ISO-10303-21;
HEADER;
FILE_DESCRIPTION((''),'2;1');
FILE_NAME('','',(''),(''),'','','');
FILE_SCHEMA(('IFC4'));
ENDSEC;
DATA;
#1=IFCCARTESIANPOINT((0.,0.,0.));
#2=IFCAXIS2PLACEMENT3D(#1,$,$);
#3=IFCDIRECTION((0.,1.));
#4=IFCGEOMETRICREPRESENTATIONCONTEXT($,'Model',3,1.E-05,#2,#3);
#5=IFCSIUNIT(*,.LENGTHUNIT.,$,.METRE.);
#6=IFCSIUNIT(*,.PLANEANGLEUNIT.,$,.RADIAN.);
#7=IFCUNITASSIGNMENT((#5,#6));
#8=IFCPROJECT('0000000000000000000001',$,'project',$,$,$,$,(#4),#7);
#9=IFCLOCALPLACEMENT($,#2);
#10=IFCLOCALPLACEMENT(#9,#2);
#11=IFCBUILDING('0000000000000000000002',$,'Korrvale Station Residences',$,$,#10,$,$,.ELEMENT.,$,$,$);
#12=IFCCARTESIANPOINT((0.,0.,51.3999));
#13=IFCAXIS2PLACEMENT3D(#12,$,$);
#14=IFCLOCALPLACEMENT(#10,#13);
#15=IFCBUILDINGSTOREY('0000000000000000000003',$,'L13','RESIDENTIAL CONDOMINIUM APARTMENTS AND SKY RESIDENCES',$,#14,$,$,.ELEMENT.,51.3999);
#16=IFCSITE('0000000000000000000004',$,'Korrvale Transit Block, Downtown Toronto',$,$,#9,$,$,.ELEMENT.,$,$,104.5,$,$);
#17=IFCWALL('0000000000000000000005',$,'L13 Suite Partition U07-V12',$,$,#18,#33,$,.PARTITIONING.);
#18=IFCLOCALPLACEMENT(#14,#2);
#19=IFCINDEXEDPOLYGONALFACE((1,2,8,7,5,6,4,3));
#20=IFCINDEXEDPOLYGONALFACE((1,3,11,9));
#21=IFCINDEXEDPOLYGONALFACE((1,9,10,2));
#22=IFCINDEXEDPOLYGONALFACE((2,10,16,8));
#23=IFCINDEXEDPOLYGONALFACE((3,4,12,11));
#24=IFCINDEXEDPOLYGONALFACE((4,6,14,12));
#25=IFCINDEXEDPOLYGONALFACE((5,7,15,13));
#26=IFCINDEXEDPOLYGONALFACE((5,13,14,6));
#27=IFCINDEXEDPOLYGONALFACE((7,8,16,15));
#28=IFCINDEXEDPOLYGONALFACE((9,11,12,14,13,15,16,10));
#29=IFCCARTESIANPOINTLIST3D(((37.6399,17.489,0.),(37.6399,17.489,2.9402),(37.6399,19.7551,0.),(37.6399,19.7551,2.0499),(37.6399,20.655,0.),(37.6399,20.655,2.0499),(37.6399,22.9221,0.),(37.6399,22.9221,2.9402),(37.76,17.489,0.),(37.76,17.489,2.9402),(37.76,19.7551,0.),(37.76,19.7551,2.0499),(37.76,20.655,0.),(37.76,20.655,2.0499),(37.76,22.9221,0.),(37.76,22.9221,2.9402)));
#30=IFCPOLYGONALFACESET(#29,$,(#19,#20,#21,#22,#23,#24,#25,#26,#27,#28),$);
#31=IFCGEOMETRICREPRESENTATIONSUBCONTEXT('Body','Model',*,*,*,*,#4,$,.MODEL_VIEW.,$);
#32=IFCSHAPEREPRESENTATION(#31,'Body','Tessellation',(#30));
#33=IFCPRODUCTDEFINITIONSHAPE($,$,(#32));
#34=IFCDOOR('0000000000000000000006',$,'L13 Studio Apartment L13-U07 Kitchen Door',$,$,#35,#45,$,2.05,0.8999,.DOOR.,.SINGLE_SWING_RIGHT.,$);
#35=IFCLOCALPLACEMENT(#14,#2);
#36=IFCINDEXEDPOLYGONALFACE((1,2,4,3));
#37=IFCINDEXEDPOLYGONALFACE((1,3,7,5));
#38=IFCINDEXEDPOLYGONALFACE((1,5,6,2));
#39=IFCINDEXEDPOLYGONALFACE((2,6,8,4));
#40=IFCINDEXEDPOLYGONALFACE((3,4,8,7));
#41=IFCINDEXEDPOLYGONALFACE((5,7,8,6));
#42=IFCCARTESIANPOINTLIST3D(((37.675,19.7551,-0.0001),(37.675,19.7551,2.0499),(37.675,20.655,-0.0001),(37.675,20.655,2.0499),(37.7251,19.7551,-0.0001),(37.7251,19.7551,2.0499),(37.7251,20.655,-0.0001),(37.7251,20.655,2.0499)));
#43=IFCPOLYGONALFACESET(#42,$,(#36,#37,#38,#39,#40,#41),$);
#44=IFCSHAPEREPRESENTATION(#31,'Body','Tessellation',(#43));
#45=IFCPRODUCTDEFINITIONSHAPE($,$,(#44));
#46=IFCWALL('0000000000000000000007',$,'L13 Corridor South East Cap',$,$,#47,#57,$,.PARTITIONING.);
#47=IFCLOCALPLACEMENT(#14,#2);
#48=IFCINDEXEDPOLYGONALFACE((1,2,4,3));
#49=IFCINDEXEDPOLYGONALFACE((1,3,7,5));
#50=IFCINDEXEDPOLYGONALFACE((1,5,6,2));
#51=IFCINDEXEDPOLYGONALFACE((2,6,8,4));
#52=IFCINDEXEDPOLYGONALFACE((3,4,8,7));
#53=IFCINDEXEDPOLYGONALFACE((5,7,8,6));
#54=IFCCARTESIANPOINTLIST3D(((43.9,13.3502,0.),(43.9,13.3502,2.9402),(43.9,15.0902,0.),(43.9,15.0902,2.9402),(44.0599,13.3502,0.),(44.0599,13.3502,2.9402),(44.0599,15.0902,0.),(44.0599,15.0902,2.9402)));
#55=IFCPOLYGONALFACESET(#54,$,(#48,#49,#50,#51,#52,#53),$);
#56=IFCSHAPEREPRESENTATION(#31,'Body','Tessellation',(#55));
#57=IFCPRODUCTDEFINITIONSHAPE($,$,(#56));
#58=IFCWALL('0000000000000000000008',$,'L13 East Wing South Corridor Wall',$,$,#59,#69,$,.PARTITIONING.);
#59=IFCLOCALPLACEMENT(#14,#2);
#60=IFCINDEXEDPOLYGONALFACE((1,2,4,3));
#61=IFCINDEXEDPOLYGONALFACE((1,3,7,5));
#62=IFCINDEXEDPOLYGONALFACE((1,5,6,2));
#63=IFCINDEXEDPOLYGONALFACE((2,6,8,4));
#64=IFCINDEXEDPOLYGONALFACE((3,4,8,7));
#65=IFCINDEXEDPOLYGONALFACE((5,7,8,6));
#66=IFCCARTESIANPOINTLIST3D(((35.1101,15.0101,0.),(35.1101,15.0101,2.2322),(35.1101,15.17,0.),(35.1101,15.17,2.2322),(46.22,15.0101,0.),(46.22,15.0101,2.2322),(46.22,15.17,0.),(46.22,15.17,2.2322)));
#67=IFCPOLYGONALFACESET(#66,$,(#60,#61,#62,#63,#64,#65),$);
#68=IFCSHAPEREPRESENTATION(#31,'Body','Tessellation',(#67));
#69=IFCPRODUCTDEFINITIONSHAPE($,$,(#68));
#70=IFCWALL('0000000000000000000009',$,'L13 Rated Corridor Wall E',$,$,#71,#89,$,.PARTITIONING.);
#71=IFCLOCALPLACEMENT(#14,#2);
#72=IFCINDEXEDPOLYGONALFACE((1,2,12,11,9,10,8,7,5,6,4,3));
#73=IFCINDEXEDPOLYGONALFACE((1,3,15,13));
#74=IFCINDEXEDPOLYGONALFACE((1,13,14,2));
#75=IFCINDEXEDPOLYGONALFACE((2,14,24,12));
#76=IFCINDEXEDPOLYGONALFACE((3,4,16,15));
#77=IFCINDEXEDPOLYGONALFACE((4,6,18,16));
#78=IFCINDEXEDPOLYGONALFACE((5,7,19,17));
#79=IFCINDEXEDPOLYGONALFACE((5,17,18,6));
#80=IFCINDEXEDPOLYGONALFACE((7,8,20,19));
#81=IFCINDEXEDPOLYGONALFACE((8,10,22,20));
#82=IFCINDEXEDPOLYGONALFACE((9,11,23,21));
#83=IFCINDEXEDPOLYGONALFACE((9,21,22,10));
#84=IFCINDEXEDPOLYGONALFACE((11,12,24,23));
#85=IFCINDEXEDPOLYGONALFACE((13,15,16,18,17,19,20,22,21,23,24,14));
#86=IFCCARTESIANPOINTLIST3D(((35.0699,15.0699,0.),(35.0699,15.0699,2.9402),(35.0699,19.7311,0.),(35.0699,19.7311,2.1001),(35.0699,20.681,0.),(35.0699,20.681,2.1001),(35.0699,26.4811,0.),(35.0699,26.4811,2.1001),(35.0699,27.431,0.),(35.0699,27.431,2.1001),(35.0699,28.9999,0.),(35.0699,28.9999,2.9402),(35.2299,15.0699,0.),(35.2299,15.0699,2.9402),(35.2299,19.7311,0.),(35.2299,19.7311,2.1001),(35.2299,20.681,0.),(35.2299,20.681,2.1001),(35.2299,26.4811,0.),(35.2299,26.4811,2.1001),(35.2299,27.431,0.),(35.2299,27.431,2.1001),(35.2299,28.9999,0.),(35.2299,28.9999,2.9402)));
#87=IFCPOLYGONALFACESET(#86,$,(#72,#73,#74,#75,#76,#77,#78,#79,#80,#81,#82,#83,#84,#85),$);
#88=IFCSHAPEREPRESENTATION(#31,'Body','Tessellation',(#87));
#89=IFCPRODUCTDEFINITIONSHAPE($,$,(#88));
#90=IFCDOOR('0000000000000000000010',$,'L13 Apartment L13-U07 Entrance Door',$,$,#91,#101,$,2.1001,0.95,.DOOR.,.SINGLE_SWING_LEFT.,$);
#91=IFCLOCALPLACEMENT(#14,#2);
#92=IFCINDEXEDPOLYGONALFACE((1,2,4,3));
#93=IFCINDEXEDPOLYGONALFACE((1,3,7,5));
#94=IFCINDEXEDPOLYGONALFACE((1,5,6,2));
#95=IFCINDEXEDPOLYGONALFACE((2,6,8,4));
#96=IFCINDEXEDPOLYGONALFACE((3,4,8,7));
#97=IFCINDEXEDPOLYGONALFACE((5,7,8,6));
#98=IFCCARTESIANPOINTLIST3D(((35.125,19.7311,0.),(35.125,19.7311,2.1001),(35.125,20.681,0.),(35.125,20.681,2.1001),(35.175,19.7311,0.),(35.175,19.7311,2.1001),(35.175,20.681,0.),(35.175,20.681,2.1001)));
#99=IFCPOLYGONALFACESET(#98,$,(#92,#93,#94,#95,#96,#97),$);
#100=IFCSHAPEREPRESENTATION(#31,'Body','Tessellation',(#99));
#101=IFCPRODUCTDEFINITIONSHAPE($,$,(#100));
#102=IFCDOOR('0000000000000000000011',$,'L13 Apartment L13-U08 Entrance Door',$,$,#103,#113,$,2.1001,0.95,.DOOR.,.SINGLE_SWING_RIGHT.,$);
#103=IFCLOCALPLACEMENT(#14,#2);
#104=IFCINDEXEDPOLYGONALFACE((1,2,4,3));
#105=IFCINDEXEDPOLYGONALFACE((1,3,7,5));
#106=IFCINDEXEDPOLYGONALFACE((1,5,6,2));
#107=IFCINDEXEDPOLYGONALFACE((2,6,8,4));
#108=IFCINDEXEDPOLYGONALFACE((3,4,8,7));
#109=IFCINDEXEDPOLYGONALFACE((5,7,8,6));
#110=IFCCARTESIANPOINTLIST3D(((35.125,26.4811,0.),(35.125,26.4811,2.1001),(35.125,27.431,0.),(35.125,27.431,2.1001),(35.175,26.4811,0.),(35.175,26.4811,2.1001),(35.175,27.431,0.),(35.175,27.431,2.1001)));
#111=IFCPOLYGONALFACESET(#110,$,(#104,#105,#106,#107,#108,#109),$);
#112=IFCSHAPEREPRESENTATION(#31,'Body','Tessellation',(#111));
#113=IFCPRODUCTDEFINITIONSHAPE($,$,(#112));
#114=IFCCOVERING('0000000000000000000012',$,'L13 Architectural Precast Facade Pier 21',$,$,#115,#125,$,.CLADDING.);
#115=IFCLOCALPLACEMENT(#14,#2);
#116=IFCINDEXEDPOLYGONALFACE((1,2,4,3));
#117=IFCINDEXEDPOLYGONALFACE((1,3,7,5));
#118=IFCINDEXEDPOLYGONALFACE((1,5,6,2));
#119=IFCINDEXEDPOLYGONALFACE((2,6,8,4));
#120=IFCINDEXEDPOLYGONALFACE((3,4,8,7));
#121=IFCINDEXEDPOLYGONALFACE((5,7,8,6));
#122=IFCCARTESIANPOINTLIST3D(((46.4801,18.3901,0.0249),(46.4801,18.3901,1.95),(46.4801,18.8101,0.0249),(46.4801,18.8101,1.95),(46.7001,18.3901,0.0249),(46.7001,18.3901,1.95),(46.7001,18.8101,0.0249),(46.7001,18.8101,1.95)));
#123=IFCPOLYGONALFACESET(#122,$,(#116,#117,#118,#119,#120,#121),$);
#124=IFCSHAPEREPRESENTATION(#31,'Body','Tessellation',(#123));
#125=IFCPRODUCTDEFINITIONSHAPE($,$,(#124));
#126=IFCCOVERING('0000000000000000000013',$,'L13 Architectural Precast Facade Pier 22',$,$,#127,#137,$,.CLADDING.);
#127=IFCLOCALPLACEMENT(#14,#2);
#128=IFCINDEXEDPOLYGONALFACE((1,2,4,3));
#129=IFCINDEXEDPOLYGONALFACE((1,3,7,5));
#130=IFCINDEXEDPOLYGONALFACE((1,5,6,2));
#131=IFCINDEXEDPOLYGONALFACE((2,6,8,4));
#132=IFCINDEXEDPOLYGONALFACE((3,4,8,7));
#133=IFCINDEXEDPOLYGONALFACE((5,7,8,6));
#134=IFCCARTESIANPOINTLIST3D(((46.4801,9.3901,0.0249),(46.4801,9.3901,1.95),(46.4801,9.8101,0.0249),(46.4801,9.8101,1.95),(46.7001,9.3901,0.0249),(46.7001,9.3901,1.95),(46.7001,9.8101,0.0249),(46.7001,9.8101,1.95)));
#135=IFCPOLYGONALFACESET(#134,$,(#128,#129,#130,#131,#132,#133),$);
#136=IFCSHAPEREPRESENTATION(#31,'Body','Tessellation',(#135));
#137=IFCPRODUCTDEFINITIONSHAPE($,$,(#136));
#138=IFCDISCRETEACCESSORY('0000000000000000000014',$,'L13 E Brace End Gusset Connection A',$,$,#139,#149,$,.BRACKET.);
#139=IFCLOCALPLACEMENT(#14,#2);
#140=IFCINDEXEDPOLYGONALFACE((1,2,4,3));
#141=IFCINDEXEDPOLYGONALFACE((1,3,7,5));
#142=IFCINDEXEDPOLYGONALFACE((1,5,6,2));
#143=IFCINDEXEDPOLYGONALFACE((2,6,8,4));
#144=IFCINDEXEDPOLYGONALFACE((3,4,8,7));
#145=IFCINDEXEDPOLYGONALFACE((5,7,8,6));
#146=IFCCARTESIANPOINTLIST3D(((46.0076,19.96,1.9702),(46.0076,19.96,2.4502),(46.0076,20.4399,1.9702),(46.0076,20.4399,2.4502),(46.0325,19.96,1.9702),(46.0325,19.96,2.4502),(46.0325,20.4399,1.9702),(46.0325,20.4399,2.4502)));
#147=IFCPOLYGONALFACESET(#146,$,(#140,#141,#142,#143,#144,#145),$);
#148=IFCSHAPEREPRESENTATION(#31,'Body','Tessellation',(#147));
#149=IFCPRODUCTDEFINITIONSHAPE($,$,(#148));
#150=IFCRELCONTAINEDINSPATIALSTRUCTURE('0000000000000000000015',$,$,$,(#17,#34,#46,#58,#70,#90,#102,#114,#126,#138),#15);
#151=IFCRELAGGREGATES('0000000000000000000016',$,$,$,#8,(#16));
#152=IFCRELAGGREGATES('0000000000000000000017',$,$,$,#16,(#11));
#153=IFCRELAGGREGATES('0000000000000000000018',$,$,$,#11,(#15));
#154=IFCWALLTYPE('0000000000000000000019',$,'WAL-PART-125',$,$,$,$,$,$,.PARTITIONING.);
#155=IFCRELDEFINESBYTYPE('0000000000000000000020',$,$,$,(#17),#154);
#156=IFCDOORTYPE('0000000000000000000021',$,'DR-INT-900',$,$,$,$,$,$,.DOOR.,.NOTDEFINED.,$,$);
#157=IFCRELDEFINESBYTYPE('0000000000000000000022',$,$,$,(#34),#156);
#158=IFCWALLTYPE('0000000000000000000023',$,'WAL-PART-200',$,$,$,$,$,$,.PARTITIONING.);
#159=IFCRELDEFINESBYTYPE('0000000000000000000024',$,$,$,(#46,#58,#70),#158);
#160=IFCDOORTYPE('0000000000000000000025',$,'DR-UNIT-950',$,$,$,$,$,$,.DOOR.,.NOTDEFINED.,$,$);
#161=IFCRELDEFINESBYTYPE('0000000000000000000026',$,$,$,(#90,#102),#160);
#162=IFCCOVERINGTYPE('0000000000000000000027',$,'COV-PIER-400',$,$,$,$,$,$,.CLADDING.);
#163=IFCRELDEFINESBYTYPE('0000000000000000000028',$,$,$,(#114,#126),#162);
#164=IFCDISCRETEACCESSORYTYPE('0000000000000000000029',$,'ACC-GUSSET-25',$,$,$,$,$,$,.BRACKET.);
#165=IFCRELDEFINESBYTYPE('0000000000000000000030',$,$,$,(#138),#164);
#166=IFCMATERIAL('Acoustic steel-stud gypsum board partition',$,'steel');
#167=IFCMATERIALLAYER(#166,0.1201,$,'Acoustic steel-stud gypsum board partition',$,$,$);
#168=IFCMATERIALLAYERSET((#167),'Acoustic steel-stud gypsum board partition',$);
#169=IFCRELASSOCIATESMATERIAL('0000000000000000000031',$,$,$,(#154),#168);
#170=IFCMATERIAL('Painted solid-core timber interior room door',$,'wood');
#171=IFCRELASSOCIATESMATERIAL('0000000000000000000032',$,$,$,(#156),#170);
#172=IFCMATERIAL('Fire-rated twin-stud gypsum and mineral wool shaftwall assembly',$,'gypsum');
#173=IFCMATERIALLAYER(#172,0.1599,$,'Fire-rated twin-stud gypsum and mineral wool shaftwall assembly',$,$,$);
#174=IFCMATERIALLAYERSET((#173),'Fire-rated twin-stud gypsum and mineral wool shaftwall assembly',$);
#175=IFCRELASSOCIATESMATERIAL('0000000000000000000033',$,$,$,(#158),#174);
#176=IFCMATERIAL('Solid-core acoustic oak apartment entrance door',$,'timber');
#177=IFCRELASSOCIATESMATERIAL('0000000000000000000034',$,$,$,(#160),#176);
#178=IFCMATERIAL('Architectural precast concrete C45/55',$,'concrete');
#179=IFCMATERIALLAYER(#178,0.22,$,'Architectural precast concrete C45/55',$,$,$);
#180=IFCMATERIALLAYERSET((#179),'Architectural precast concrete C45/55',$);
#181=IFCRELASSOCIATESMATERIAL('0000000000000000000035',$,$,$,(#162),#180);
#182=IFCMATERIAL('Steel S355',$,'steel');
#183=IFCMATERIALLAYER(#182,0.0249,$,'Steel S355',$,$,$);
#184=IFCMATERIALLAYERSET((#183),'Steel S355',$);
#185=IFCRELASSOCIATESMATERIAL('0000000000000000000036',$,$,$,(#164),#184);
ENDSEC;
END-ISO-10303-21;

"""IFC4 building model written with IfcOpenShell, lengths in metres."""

from ifc_helpers import new_model, si_unit, direction, frame, frame_2d, origin, origin_2d, place, context, subcontext, project, spatial, rectangle, extrude, material, layer, layer_set, type_object, element, fill, save


model = new_model("IFC4")

# Units and contexts
model_context = context("Model", 3, precision=1e-05, world=origin(), true_north=direction((0.0, 1.0)))
body_context = subcontext(model_context, "Body", "Model", "MODEL_VIEW")
ifc_project = project(units=[si_unit("LENGTHUNIT", "METRE"), si_unit("PLANEANGLEUNIT", "RADIAN")], contexts=[model_context])

# Site, building, storey
site_placement = place(None, origin())
site = spatial("IfcSite", under=ifc_project, at=site_placement, Name="Korrvale Transit Block, Downtown Toronto", CompositionType="ELEMENT", RefElevation=104.5)
building_placement = place(site_placement, origin())
building = spatial("IfcBuilding", under=site, at=building_placement, Name="Korrvale Station Residences", CompositionType="ELEMENT")
storey_placement = place(building_placement, frame((0.0, 0.0, 51.3999)))
storey = spatial("IfcBuildingStorey", under=building, at=storey_placement, Name="L13", Description="RESIDENTIAL CONDOMINIUM APARTMENTS AND SKY RESIDENCES", CompositionType="ELEMENT", Elevation=51.3999)

# Shared definitions
ifc_material_1 = material(Name="Steel S355", Category="steel")

# Shared definitions
ifc_material_2 = material(Name="Acoustic steel-stud gypsum board partition", Category="steel")
ifc_layer_1 = layer(ifc_material_2, 0.1201, Name="Acoustic steel-stud gypsum board partition")
ifc_layer_set_1 = layer_set([ifc_layer_1], Name="Acoustic steel-stud gypsum board partition")
wall_type_1 = type_object("IfcWallType", Name="WAL-PART-125", PredefinedType="PARTITIONING", material=ifc_layer_set_1)

# Shared definitions
ifc_material_3 = material(Name="Painted solid-core timber interior room door", Category="wood")
door_type_1 = type_object("IfcDoorType", Name="DR-INT-900", OperationType="NOTDEFINED", PredefinedType="DOOR", material=ifc_material_3)

# Wall, opening, door
wall_1_placement = place(storey_placement, frame((37.7, 17.489, 0.0), z_axis=(0.0, 0.0, 1.0), x_axis=(0.0, 1.0, 0.0)))
wall_1 = element("IfcWall", 1, at=wall_1_placement, inside=storey, type_object=wall_type_1, Name="L13 Suite Partition U07-V12", PredefinedType="PARTITIONING", context=body_context, shape_type="SweptSolid", body=[
    extrude(rectangle(XDim=5.4331, YDim=0.1201, at=frame_2d((2.7166, 0.0))), origin(), (0.0, 0.0, 1.0), 2.9402),
])
opening_1_placement = place(wall_1_placement, frame((2.2661, 0.0, 0.0)))
opening_1 = element("IfcOpeningElement", 2, at=opening_1_placement, cuts=wall_1, PredefinedType="OPENING", context=body_context, shape_type="SweptSolid", body=[
    extrude(rectangle(XDim=0.8999, YDim=2.05, at=frame_2d((0.45, 1.0249))), frame((0.0, 0.0701, 0.0), z_axis=(0.0, -1.0, 0.0), x_axis=(1.0, 0.0, 0.0)), (0.0, 0.0, 1.0), 0.1401),
])
door_1_placement = place(opening_1_placement, origin())
door_1 = element("IfcDoor", 3, at=door_1_placement, inside=storey, type_object=door_type_1, Name="L13 Studio Apartment L13-U07 Kitchen Door", OperationType="SINGLE_SWING_RIGHT", OverallHeight=2.05, OverallWidth=0.8999, PredefinedType="DOOR", context=body_context, shape_type="SweptSolid", body=[
    extrude(rectangle(XDim=0.8999, YDim=2.05, at=frame_2d((0.45, 1.0249))), frame((0.0, 0.0249, 0.0), z_axis=(0.0, -1.0, 0.0), x_axis=(1.0, 0.0, 0.0)), (0.0, 0.0, 1.0), 0.05),
])
fill(opening_1, door_1)

# Walls
ifc_material_4 = material(Name="Fire-rated twin-stud gypsum and mineral wool shaftwall assembly", Category="gypsum")
ifc_layer_2 = layer(ifc_material_4, 0.1599, Name="Fire-rated twin-stud gypsum and mineral wool shaftwall assembly")
ifc_layer_set_2 = layer_set([ifc_layer_2], Name="Fire-rated twin-stud gypsum and mineral wool shaftwall assembly")
wall_type_2 = type_object("IfcWallType", Name="WAL-PART-200", PredefinedType="PARTITIONING", material=ifc_layer_set_2)
wall_2_placement = place(storey_placement, frame((43.98, 13.3501, 0.0), z_axis=(0.0, 0.0, 1.0), x_axis=(0.0, 1.0, 0.0)))
element("IfcWall", 4, at=wall_2_placement, inside=storey, type_object=wall_type_2, Name="L13 Corridor South East Cap", PredefinedType="PARTITIONING", context=body_context, shape_type="SweptSolid", body=[
    extrude(rectangle(XDim=1.74, YDim=0.1599, at=frame_2d((0.8701, 0.0))), origin(), (0.0, 0.0, 1.0), 2.9402),
])
wall_3_placement = place(storey_placement, frame((35.1101, 15.0901, 0.0), z_axis=(0.0, 0.0, 1.0), x_axis=(1.0, 0.0, 0.0)))
element("IfcWall", 5, at=wall_3_placement, inside=storey, type_object=wall_type_2, Name="L13 East Wing South Corridor Wall", PredefinedType="PARTITIONING", context=body_context, shape_type="SweptSolid", body=[
    extrude(rectangle(XDim=11.1099, YDim=0.1599, at=frame_2d((5.5549, 0.0))), origin(), (0.0, 0.0, 1.0), 2.2322),
])

# Wall, openings, doors
wall_4_placement = place(storey_placement, frame((35.1499, 15.0701, 0.0), z_axis=(0.0, 0.0, 1.0), x_axis=(0.0, 1.0, 0.0)))
wall_4 = element("IfcWall", 6, at=wall_4_placement, inside=storey, type_object=wall_type_2, Name="L13 Rated Corridor Wall E", PredefinedType="PARTITIONING", context=body_context, shape_type="SweptSolid", body=[
    extrude(rectangle(XDim=13.9299, YDim=0.1599, at=frame_2d((6.9648, 0.0))), origin(), (0.0, 0.0, 1.0), 2.9402),
])
opening_2_placement = place(wall_4_placement, frame((4.6609, 0.0, 0.0)))
opening_2 = element("IfcOpeningElement", 7, at=opening_2_placement, cuts=wall_4, PredefinedType="OPENING", context=body_context, shape_type="SweptSolid", body=[
    extrude(rectangle(XDim=0.95, YDim=2.1001, at=frame_2d((0.4751, 1.05))), frame((0.0, 0.0898, 0.0), z_axis=(0.0, -1.0, 0.0), x_axis=(1.0, 0.0, 0.0)), (0.0, 0.0, 1.0), 0.1799),
])
opening_3_placement = place(wall_4_placement, frame((11.4109, 0.0, 0.0)))
opening_3 = element("IfcOpeningElement", 8, at=opening_3_placement, cuts=wall_4, PredefinedType="OPENING", context=body_context, shape_type="SweptSolid", body=[
    extrude(rectangle(XDim=0.95, YDim=2.1001, at=frame_2d((0.4751, 1.05))), frame((0.0, 0.0898, 0.0), z_axis=(0.0, -1.0, 0.0), x_axis=(1.0, 0.0, 0.0)), (0.0, 0.0, 1.0), 0.1799),
])
ifc_material_5 = material(Name="Solid-core acoustic oak apartment entrance door", Category="timber")
door_type_2 = type_object("IfcDoorType", Name="DR-UNIT-950", OperationType="NOTDEFINED", PredefinedType="DOOR", material=ifc_material_5)
door_2_placement = place(opening_2_placement, origin())
door_2 = element("IfcDoor", 9, at=door_2_placement, inside=storey, type_object=door_type_2, Name="L13 Apartment L13-U07 Entrance Door", OperationType="SINGLE_SWING_LEFT", OverallHeight=2.1001, OverallWidth=0.95, PredefinedType="DOOR", context=body_context, shape_type="SweptSolid", body=[
    extrude(rectangle(XDim=0.95, YDim=2.1001, at=frame_2d((0.4751, 1.05))), frame((0.0, 0.0249, 0.0), z_axis=(0.0, -1.0, 0.0), x_axis=(1.0, 0.0, 0.0)), (0.0, 0.0, 1.0), 0.05),
])
fill(opening_2, door_2)
door_3_placement = place(opening_3_placement, origin())
door_3 = element("IfcDoor", 10, at=door_3_placement, inside=storey, type_object=door_type_2, Name="L13 Apartment L13-U08 Entrance Door", OperationType="SINGLE_SWING_RIGHT", OverallHeight=2.1001, OverallWidth=0.95, PredefinedType="DOOR", context=body_context, shape_type="SweptSolid", body=[
    extrude(rectangle(XDim=0.95, YDim=2.1001, at=frame_2d((0.4751, 1.05))), frame((0.0, 0.0249, 0.0), z_axis=(0.0, -1.0, 0.0), x_axis=(1.0, 0.0, 0.0)), (0.0, 0.0, 1.0), 0.05),
])
fill(opening_3, door_3)

# Coverings
ifc_material_6 = material(Name="Architectural precast concrete C45/55", Category="concrete")
ifc_layer_3 = layer(ifc_material_6, 0.22, Name="Architectural precast concrete C45/55")
ifc_layer_set_3 = layer_set([ifc_layer_3], Name="Architectural precast concrete C45/55")
covering_type = type_object("IfcCoveringType", Name="COV-PIER-400", PredefinedType="CLADDING", material=ifc_layer_set_3)
for number, where, z_axis, x_axis, name in (
    (11, (46.5901, 18.6001, 0.0249), (0.0, 0.0, 1.0), (0.0, 1.0, 0.0), "L13 Architectural Precast Facade Pier 21"),
    (12, (46.5901, 9.6001, 0.0249), (0.0, 0.0, 1.0), (0.0, 1.0, 0.0), "L13 Architectural Precast Facade Pier 22"),
):
    element("IfcCovering", number, at=place(storey_placement, frame(where, z_axis=z_axis, x_axis=x_axis)), inside=storey, type_object=covering_type, Name=name, PredefinedType="CLADDING", context=body_context, shape_type="SweptSolid", body=[
        extrude(rectangle(XDim=0.4199, YDim=0.22, at=origin_2d()), origin(), (0.0, 0.0, 1.0), 1.925),
    ])

# Discrete accessory
ifc_layer_4 = layer(ifc_material_1, 0.0249, Name="Steel S355")
ifc_layer_set_4 = layer_set([ifc_layer_4], Name="Steel S355")
discrete_accessory_type = type_object("IfcDiscreteAccessoryType", Name="ACC-GUSSET-25", PredefinedType="BRACKET", material=ifc_layer_set_4)
discrete_accessory_placement = place(storey_placement, frame((46.02, 20.2, 1.9702), z_axis=(0.0, 0.0, 1.0), x_axis=(0.0, 1.0, 0.0)))
element("IfcDiscreteAccessory", 13, at=discrete_accessory_placement, inside=storey, type_object=discrete_accessory_type, Name="L13 E Brace End Gusset Connection A", PredefinedType="BRACKET", context=body_context, shape_type="SweptSolid", body=[
    extrude(rectangle(XDim=0.48, YDim=0.0249, at=origin_2d()), origin(), (0.0, 0.0, 1.0), 0.48),
])

save(model, "model.ifc")
